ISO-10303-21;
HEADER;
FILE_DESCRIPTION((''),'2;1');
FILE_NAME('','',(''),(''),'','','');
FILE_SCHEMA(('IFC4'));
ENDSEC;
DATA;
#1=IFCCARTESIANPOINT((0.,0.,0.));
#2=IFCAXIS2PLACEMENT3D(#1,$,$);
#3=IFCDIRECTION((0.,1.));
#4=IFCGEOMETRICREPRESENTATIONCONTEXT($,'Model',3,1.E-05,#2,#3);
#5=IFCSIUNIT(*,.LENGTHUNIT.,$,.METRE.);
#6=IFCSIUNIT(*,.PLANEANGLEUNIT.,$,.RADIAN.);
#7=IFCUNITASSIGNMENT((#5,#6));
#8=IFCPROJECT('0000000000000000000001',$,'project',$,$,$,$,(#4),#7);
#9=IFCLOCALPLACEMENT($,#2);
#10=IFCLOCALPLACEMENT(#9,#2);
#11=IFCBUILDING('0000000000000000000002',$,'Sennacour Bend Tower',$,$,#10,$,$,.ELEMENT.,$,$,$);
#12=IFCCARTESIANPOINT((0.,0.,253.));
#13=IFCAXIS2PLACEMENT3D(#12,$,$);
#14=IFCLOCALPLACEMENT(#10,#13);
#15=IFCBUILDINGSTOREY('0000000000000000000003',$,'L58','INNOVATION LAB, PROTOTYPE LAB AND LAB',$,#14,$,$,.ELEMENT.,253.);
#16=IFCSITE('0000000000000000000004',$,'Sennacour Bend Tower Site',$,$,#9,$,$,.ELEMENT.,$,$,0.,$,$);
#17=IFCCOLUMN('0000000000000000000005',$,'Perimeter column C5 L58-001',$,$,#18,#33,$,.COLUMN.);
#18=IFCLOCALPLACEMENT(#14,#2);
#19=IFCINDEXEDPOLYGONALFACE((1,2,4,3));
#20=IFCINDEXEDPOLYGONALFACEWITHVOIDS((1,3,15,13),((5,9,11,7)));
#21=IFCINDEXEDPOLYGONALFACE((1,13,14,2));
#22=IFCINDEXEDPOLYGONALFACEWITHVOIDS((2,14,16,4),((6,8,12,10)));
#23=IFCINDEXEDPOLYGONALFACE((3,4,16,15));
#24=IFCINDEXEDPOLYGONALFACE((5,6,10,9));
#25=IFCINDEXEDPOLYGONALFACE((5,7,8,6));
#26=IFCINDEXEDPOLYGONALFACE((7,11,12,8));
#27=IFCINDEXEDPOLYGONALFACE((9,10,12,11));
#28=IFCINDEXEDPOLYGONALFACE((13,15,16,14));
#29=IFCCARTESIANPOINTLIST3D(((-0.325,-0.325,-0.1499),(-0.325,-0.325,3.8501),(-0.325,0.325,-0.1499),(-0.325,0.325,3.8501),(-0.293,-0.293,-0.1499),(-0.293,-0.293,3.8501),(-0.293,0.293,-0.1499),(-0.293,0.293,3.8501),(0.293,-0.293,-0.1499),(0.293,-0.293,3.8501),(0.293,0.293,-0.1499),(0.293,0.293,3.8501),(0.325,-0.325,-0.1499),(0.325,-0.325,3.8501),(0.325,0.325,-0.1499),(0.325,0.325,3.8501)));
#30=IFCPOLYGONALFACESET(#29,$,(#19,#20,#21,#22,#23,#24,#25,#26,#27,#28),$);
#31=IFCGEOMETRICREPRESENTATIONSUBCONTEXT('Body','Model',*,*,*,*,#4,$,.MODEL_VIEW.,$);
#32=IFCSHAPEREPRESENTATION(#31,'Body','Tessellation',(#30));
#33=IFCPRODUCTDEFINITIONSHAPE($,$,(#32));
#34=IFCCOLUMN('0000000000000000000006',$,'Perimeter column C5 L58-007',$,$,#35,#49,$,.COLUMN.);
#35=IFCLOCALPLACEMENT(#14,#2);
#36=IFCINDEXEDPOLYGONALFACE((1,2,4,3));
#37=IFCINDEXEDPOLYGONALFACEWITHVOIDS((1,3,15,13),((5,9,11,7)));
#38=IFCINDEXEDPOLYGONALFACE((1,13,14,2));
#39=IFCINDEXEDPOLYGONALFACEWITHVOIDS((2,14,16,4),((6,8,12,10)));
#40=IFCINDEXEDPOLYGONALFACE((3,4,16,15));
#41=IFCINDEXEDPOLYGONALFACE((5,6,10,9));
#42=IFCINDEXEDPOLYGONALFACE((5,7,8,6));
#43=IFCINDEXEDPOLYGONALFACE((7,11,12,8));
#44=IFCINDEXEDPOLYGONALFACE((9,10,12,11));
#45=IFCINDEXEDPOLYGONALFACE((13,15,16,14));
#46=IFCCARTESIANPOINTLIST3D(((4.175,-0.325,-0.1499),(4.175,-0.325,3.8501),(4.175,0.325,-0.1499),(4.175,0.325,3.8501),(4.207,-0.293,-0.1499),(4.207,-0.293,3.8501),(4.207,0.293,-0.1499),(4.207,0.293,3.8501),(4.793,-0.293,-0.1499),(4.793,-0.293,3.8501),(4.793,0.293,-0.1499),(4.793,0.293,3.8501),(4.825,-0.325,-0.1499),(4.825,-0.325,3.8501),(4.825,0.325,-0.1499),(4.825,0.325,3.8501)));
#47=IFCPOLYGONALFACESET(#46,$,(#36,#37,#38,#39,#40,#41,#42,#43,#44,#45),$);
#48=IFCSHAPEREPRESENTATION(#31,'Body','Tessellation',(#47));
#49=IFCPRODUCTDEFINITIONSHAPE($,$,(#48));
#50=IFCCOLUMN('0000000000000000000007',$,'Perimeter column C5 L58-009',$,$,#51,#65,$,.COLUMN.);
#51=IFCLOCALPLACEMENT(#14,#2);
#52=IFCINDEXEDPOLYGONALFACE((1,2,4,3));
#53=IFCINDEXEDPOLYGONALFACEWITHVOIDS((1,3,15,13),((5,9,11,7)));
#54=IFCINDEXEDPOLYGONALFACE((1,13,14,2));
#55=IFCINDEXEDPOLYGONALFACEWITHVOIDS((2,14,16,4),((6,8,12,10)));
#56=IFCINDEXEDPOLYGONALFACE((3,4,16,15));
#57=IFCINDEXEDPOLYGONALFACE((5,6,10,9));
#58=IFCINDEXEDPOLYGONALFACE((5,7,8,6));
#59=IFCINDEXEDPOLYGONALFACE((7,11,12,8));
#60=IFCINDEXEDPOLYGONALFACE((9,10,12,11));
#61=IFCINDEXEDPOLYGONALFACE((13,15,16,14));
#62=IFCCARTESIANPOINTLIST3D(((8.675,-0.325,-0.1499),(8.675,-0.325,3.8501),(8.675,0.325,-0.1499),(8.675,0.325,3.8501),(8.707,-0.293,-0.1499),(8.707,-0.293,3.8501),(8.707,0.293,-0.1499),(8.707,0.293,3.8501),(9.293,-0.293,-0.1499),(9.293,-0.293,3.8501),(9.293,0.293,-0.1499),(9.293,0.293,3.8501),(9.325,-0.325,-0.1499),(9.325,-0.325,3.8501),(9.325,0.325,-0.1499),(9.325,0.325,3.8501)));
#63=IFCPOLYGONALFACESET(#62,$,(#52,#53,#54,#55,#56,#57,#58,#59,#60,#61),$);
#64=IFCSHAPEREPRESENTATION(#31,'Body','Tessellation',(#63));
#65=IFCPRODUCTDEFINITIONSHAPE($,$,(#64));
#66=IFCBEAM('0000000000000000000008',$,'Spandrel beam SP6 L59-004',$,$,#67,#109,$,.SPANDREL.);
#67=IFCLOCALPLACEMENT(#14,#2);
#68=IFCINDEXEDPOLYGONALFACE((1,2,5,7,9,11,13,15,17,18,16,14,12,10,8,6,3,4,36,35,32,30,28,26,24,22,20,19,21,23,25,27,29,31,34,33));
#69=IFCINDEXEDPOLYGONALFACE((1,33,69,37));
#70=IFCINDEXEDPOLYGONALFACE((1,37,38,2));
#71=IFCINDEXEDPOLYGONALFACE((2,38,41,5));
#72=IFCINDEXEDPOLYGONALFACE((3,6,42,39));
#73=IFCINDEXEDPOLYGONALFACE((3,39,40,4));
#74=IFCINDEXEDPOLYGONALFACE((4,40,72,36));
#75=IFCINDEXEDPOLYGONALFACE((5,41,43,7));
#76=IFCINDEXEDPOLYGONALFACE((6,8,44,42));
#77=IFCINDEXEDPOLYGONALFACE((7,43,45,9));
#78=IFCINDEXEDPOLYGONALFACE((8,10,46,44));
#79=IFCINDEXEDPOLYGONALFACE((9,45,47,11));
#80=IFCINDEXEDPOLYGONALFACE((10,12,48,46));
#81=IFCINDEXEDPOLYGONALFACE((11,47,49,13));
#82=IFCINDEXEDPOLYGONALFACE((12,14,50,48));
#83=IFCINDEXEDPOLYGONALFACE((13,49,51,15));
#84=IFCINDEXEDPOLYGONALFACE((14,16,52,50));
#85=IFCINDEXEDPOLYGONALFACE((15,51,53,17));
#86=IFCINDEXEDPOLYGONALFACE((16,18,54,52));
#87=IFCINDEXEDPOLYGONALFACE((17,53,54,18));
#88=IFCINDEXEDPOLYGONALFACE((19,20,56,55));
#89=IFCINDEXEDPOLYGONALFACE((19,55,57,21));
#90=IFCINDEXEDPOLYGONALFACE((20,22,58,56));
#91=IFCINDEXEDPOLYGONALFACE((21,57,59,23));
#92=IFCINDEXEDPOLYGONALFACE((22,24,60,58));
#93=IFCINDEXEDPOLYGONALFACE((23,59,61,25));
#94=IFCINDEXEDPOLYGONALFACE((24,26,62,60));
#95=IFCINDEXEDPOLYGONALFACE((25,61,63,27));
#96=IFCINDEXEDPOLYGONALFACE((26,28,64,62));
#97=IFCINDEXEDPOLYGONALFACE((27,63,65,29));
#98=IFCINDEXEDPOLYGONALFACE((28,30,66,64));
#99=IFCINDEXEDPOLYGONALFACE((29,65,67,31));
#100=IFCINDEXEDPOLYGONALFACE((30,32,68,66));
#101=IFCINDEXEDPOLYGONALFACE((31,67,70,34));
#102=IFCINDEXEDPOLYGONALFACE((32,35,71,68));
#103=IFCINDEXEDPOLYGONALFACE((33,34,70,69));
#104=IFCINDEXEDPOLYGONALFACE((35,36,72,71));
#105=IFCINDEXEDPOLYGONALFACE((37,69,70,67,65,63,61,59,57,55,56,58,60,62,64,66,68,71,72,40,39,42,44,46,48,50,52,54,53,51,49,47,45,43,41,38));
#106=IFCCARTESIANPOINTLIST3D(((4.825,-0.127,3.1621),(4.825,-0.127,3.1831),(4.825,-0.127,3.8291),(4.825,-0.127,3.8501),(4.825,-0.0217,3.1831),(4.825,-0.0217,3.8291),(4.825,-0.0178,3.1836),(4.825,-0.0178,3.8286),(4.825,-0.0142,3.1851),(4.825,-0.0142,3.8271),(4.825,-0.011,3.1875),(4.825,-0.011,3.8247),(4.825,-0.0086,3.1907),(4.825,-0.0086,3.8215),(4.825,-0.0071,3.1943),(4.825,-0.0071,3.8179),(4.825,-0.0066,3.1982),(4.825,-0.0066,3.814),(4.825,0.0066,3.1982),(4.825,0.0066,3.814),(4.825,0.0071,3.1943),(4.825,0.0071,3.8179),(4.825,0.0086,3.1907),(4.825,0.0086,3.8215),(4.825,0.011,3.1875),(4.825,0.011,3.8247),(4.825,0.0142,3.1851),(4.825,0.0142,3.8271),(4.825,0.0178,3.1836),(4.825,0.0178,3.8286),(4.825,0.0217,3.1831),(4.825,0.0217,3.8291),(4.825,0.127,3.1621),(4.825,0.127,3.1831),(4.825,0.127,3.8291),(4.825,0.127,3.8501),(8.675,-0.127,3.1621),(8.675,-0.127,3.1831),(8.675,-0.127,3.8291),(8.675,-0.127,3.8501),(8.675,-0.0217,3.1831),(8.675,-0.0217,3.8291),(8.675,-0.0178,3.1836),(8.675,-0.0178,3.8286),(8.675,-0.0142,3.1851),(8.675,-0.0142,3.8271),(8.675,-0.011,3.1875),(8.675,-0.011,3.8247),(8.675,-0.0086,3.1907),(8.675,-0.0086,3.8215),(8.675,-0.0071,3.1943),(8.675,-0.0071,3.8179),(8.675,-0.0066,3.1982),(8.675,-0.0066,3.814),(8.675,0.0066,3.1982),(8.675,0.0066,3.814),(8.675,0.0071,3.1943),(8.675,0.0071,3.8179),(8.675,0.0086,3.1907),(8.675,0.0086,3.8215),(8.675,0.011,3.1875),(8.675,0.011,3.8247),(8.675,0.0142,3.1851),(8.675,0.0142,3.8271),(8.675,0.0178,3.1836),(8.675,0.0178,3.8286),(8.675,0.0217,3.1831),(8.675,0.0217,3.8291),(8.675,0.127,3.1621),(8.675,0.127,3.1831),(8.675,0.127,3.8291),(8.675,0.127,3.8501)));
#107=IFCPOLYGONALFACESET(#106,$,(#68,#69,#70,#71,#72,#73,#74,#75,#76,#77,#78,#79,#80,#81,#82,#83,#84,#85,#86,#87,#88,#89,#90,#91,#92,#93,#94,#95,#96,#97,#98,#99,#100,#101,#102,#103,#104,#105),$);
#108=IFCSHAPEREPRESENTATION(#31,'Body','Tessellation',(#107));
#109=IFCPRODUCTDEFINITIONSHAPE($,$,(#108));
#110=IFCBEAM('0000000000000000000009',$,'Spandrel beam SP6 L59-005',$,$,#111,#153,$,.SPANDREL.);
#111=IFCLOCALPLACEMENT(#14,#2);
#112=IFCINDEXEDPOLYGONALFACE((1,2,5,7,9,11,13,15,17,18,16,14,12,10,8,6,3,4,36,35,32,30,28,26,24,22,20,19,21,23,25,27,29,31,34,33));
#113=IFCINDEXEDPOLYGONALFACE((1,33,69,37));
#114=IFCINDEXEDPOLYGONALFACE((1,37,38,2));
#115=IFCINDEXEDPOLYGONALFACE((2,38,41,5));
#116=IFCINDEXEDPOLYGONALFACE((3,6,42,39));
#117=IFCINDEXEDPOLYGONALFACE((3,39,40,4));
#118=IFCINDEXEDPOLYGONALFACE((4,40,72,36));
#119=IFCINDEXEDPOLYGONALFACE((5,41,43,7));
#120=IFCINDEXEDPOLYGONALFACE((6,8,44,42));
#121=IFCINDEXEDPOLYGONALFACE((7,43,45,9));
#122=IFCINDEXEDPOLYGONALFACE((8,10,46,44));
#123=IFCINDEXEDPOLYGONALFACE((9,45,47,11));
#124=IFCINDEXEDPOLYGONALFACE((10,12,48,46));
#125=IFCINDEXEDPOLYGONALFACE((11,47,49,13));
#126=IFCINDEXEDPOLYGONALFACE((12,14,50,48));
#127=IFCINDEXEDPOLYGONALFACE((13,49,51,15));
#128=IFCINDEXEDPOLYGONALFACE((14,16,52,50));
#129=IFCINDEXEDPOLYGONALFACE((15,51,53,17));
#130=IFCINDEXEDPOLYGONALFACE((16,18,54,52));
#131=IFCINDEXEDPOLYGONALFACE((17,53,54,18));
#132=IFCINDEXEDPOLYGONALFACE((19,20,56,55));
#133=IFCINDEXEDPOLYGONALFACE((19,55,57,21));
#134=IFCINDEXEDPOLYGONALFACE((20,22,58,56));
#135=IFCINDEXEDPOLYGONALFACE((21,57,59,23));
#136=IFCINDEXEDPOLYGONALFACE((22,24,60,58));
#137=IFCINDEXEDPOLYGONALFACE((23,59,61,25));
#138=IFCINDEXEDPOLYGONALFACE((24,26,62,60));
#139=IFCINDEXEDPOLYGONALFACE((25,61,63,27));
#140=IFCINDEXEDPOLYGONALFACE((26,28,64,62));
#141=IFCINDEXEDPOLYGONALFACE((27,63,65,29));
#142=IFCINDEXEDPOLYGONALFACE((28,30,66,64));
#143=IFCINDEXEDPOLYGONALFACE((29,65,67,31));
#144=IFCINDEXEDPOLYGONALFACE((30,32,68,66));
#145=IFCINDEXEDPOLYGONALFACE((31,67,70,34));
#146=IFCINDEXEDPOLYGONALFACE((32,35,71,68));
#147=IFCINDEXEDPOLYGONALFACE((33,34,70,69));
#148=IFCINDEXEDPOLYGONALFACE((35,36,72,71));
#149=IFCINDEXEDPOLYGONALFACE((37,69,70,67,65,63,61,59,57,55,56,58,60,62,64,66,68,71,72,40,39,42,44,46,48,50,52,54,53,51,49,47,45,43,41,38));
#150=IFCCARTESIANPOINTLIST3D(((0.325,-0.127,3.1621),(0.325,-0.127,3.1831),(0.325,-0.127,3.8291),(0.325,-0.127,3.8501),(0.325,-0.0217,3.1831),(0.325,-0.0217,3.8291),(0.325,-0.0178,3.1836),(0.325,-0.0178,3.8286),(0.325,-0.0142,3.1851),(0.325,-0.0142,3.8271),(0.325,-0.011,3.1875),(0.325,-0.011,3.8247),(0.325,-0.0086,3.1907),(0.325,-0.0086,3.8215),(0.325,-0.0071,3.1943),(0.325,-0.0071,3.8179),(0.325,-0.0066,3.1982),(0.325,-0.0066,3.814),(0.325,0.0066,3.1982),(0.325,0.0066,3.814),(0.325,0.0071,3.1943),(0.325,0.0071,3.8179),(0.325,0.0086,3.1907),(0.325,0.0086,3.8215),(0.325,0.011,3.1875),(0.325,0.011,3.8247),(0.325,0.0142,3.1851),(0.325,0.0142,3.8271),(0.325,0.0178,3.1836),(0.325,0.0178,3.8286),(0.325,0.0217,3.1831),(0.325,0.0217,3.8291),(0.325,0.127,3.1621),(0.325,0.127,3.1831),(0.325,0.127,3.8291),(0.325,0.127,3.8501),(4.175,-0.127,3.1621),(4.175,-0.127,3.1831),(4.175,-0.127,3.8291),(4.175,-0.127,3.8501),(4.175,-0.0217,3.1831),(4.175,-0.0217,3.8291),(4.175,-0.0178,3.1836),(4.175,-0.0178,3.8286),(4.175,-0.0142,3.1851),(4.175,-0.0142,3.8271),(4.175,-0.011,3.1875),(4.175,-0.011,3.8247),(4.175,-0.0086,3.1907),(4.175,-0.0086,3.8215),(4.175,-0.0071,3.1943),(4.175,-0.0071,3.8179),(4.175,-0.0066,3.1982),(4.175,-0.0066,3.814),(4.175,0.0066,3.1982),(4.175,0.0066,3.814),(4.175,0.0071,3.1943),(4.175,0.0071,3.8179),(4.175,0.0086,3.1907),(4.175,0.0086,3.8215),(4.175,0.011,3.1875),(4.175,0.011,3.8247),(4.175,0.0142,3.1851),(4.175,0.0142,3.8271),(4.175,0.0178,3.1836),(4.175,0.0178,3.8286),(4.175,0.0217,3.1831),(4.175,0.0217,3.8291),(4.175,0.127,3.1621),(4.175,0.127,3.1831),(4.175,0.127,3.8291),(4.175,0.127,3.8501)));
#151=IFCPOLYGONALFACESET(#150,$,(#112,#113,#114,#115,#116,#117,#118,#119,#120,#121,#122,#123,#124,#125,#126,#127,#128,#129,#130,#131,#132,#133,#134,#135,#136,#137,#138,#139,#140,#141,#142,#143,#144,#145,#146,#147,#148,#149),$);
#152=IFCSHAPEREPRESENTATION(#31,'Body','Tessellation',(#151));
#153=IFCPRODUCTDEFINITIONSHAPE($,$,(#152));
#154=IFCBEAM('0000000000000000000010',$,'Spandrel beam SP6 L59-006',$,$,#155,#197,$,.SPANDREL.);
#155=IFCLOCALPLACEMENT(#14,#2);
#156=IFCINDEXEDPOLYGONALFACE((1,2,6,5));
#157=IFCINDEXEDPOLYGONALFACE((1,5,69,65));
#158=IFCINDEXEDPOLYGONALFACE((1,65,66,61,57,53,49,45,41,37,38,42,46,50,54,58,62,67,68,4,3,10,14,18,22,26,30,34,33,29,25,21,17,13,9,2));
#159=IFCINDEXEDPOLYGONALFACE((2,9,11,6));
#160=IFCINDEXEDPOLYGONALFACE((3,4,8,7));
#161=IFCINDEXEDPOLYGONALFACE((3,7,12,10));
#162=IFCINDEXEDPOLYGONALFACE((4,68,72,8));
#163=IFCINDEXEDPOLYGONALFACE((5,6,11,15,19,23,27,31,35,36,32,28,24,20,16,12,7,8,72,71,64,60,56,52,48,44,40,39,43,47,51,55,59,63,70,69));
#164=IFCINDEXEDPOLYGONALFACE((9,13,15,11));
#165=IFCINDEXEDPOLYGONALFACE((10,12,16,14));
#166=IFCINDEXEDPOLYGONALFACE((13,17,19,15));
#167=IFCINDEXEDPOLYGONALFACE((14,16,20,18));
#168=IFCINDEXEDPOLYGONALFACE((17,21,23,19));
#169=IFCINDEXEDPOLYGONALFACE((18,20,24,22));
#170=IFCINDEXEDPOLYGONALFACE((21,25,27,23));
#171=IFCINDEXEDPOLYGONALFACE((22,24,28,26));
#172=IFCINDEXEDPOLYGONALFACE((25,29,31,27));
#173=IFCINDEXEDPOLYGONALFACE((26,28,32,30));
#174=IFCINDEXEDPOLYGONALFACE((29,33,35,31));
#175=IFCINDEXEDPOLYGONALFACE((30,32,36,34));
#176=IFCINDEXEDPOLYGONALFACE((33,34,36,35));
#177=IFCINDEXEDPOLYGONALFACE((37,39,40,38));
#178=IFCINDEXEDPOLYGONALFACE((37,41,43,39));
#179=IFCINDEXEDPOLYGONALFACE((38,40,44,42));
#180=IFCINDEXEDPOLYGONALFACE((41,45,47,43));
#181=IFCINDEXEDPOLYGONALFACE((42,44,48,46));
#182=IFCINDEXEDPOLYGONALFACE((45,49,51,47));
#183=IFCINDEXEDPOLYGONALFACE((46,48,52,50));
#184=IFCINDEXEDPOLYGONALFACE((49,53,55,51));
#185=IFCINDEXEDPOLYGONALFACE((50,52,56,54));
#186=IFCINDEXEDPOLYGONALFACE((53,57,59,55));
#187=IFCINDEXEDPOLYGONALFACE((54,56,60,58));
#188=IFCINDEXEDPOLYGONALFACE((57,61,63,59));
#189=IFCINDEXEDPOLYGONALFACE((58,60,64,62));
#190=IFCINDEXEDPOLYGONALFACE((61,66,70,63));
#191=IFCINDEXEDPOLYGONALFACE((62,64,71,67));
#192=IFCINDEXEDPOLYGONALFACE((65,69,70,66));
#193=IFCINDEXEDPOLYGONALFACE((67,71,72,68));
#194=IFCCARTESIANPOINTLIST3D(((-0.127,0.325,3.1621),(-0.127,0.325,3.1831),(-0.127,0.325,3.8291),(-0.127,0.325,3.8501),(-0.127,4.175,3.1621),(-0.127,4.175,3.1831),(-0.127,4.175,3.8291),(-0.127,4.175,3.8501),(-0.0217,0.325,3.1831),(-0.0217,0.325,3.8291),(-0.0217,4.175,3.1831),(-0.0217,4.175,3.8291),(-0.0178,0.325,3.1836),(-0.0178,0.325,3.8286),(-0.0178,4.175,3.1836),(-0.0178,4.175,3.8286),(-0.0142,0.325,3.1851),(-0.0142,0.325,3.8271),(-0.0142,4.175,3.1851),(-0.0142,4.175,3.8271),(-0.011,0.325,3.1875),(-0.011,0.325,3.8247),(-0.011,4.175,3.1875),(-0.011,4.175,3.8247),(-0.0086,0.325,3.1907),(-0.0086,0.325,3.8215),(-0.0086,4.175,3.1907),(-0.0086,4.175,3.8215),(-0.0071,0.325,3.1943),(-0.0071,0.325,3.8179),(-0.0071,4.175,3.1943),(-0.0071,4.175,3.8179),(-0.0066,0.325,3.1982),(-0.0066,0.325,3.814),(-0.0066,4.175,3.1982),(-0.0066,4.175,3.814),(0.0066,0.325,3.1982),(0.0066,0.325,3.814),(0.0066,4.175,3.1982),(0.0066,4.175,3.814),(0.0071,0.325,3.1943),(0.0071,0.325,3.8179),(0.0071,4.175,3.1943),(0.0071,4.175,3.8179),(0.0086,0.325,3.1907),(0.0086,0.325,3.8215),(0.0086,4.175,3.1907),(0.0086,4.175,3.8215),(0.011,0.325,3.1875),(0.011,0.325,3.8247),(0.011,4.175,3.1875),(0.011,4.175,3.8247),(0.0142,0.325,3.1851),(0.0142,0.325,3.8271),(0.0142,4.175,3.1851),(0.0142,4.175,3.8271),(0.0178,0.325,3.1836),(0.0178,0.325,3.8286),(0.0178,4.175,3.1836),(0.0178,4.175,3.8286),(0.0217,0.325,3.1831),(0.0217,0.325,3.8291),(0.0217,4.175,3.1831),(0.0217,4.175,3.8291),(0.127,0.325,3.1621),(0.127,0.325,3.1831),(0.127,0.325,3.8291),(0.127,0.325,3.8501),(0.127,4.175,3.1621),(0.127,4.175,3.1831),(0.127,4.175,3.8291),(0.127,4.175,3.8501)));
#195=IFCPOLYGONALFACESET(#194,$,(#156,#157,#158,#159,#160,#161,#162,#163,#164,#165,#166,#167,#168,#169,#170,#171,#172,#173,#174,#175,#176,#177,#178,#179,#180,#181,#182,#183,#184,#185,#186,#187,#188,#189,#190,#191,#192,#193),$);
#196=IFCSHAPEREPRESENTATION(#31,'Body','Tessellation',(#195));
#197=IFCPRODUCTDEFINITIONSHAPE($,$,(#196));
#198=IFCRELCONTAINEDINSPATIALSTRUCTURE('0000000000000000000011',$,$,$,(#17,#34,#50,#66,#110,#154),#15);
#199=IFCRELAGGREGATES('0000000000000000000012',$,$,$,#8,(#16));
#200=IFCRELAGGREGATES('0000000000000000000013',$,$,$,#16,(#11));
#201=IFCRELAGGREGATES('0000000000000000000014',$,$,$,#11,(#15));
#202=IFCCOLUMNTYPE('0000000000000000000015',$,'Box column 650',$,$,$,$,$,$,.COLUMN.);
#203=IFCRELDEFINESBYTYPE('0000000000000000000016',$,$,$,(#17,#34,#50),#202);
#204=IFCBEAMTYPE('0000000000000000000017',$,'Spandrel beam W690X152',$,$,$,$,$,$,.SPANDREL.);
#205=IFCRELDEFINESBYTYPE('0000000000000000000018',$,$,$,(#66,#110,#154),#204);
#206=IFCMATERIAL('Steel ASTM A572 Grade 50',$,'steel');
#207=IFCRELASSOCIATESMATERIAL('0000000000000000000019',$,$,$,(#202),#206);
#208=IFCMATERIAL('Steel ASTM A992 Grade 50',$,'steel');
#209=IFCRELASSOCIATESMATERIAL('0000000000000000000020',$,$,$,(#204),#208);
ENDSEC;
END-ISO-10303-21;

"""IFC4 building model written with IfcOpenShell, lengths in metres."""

from ifc_helpers import new_model, si_unit, direction, frame, origin, origin_2d, place, context, subcontext, project, spatial, hollow_rectangle, i_section, extrude, material, material_profile, profile_set, type_object, element, save


model = new_model("IFC4")

# Units and contexts
model_context = context("Model", 3, precision=1e-05, world=origin(), true_north=direction((0.0, 1.0)))
body_context = subcontext(model_context, "Body", "Model", "MODEL_VIEW")
ifc_project = project(units=[si_unit("LENGTHUNIT", "METRE"), si_unit("PLANEANGLEUNIT", "RADIAN")], contexts=[model_context])

# Site, building, storey
site_placement = place(None, origin())
site = spatial("IfcSite", under=ifc_project, at=site_placement, Name="Sennacour Bend Tower Site", CompositionType="ELEMENT", RefElevation=0.0)
building_placement = place(site_placement, origin())
building = spatial("IfcBuilding", under=site, at=building_placement, Name="Sennacour Bend Tower", CompositionType="ELEMENT")
storey_placement = place(building_placement, frame((0.0, 0.0, 253.0)))
storey = spatial("IfcBuildingStorey", under=building, at=storey_placement, Name="L58", Description="INNOVATION LAB, PROTOTYPE LAB AND LAB", CompositionType="ELEMENT", Elevation=253.0)

# Columns
ifc_material_1 = material(Name="Steel ASTM A572 Grade 50", Category="steel")
ifc_material_profile_1 = material_profile(ifc_material_1, hollow_rectangle(XDim=0.6499, YDim=0.6499, WallThickness=0.032, at=origin_2d()), Name="Steel ASTM A572 Grade 50", Category="steel")
ifc_profile_set_1 = profile_set([ifc_material_profile_1], Name="Steel ASTM A572 Grade 50")
column_type = type_object("IfcColumnType", Name="Box column 650", PredefinedType="COLUMN", material=ifc_profile_set_1)
for number, where, z_axis, x_axis, name in (
    (1, (0.0, 0.0, -0.1499), (0.0, 0.0, 1.0), (1.0, 0.0, 0.0), "Perimeter column C5 L58-001"),
    (2, (4.5, 0.0, -0.1499), (0.0, 0.0, 1.0), (1.0, 0.0, 0.0), "Perimeter column C5 L58-007"),
    (3, (9.0, 0.0, -0.1499), (0.0, 0.0, 1.0), (1.0, 0.0, 0.0), "Perimeter column C5 L58-009"),
):
    element("IfcColumn", number, at=place(storey_placement, frame(where, z_axis=z_axis, x_axis=x_axis)), inside=storey, type_object=column_type, Name=name, PredefinedType="COLUMN", context=body_context, shape_type="SweptSolid", body=[
        extrude(hollow_rectangle(XDim=0.6499, YDim=0.6499, WallThickness=0.032, at=origin_2d()), origin(), (0.0, 0.0, 1.0), 4.0),
    ])

# Beams
ifc_material_2 = material(Name="Steel ASTM A992 Grade 50", Category="steel")
ifc_material_profile_2 = material_profile(ifc_material_2, i_section(OverallWidth=0.2539, OverallDepth=0.688, WebThickness=0.0132, FlangeThickness=0.021, FilletRadius=0.0151, at=origin_2d()), Name="Steel ASTM A992 Grade 50", Category="steel")
ifc_profile_set_2 = profile_set([ifc_material_profile_2], Name="Steel ASTM A992 Grade 50")
beam_type = type_object("IfcBeamType", Name="Spandrel beam W690X152", PredefinedType="SPANDREL", material=ifc_profile_set_2)
for number, where, z_axis, x_axis, name in (
    (4, (8.675, 0.0, 3.5061), (-1.0, 0.0, 0.0), (0.0, -1.0, 0.0), "Spandrel beam SP6 L59-004"),
    (5, (4.175, 0.0, 3.5061), (-1.0, 0.0, 0.0), (0.0, -1.0, 0.0), "Spandrel beam SP6 L59-005"),
    (6, (0.0, 0.325, 3.5061), (0.0, 1.0, 0.0), (-1.0, 0.0, 0.0), "Spandrel beam SP6 L59-006"),
):
    element("IfcBeam", number, at=place(storey_placement, frame(where, z_axis=z_axis, x_axis=x_axis)), inside=storey, type_object=beam_type, Name=name, PredefinedType="SPANDREL", context=body_context, shape_type="SweptSolid", body=[
        extrude(i_section(OverallWidth=0.2539, OverallDepth=0.688, WebThickness=0.0132, FlangeThickness=0.021, FilletRadius=0.0151, at=origin_2d()), origin(), (0.0, 0.0, 1.0), 3.8501),
    ])

save(model, "model.ifc")
